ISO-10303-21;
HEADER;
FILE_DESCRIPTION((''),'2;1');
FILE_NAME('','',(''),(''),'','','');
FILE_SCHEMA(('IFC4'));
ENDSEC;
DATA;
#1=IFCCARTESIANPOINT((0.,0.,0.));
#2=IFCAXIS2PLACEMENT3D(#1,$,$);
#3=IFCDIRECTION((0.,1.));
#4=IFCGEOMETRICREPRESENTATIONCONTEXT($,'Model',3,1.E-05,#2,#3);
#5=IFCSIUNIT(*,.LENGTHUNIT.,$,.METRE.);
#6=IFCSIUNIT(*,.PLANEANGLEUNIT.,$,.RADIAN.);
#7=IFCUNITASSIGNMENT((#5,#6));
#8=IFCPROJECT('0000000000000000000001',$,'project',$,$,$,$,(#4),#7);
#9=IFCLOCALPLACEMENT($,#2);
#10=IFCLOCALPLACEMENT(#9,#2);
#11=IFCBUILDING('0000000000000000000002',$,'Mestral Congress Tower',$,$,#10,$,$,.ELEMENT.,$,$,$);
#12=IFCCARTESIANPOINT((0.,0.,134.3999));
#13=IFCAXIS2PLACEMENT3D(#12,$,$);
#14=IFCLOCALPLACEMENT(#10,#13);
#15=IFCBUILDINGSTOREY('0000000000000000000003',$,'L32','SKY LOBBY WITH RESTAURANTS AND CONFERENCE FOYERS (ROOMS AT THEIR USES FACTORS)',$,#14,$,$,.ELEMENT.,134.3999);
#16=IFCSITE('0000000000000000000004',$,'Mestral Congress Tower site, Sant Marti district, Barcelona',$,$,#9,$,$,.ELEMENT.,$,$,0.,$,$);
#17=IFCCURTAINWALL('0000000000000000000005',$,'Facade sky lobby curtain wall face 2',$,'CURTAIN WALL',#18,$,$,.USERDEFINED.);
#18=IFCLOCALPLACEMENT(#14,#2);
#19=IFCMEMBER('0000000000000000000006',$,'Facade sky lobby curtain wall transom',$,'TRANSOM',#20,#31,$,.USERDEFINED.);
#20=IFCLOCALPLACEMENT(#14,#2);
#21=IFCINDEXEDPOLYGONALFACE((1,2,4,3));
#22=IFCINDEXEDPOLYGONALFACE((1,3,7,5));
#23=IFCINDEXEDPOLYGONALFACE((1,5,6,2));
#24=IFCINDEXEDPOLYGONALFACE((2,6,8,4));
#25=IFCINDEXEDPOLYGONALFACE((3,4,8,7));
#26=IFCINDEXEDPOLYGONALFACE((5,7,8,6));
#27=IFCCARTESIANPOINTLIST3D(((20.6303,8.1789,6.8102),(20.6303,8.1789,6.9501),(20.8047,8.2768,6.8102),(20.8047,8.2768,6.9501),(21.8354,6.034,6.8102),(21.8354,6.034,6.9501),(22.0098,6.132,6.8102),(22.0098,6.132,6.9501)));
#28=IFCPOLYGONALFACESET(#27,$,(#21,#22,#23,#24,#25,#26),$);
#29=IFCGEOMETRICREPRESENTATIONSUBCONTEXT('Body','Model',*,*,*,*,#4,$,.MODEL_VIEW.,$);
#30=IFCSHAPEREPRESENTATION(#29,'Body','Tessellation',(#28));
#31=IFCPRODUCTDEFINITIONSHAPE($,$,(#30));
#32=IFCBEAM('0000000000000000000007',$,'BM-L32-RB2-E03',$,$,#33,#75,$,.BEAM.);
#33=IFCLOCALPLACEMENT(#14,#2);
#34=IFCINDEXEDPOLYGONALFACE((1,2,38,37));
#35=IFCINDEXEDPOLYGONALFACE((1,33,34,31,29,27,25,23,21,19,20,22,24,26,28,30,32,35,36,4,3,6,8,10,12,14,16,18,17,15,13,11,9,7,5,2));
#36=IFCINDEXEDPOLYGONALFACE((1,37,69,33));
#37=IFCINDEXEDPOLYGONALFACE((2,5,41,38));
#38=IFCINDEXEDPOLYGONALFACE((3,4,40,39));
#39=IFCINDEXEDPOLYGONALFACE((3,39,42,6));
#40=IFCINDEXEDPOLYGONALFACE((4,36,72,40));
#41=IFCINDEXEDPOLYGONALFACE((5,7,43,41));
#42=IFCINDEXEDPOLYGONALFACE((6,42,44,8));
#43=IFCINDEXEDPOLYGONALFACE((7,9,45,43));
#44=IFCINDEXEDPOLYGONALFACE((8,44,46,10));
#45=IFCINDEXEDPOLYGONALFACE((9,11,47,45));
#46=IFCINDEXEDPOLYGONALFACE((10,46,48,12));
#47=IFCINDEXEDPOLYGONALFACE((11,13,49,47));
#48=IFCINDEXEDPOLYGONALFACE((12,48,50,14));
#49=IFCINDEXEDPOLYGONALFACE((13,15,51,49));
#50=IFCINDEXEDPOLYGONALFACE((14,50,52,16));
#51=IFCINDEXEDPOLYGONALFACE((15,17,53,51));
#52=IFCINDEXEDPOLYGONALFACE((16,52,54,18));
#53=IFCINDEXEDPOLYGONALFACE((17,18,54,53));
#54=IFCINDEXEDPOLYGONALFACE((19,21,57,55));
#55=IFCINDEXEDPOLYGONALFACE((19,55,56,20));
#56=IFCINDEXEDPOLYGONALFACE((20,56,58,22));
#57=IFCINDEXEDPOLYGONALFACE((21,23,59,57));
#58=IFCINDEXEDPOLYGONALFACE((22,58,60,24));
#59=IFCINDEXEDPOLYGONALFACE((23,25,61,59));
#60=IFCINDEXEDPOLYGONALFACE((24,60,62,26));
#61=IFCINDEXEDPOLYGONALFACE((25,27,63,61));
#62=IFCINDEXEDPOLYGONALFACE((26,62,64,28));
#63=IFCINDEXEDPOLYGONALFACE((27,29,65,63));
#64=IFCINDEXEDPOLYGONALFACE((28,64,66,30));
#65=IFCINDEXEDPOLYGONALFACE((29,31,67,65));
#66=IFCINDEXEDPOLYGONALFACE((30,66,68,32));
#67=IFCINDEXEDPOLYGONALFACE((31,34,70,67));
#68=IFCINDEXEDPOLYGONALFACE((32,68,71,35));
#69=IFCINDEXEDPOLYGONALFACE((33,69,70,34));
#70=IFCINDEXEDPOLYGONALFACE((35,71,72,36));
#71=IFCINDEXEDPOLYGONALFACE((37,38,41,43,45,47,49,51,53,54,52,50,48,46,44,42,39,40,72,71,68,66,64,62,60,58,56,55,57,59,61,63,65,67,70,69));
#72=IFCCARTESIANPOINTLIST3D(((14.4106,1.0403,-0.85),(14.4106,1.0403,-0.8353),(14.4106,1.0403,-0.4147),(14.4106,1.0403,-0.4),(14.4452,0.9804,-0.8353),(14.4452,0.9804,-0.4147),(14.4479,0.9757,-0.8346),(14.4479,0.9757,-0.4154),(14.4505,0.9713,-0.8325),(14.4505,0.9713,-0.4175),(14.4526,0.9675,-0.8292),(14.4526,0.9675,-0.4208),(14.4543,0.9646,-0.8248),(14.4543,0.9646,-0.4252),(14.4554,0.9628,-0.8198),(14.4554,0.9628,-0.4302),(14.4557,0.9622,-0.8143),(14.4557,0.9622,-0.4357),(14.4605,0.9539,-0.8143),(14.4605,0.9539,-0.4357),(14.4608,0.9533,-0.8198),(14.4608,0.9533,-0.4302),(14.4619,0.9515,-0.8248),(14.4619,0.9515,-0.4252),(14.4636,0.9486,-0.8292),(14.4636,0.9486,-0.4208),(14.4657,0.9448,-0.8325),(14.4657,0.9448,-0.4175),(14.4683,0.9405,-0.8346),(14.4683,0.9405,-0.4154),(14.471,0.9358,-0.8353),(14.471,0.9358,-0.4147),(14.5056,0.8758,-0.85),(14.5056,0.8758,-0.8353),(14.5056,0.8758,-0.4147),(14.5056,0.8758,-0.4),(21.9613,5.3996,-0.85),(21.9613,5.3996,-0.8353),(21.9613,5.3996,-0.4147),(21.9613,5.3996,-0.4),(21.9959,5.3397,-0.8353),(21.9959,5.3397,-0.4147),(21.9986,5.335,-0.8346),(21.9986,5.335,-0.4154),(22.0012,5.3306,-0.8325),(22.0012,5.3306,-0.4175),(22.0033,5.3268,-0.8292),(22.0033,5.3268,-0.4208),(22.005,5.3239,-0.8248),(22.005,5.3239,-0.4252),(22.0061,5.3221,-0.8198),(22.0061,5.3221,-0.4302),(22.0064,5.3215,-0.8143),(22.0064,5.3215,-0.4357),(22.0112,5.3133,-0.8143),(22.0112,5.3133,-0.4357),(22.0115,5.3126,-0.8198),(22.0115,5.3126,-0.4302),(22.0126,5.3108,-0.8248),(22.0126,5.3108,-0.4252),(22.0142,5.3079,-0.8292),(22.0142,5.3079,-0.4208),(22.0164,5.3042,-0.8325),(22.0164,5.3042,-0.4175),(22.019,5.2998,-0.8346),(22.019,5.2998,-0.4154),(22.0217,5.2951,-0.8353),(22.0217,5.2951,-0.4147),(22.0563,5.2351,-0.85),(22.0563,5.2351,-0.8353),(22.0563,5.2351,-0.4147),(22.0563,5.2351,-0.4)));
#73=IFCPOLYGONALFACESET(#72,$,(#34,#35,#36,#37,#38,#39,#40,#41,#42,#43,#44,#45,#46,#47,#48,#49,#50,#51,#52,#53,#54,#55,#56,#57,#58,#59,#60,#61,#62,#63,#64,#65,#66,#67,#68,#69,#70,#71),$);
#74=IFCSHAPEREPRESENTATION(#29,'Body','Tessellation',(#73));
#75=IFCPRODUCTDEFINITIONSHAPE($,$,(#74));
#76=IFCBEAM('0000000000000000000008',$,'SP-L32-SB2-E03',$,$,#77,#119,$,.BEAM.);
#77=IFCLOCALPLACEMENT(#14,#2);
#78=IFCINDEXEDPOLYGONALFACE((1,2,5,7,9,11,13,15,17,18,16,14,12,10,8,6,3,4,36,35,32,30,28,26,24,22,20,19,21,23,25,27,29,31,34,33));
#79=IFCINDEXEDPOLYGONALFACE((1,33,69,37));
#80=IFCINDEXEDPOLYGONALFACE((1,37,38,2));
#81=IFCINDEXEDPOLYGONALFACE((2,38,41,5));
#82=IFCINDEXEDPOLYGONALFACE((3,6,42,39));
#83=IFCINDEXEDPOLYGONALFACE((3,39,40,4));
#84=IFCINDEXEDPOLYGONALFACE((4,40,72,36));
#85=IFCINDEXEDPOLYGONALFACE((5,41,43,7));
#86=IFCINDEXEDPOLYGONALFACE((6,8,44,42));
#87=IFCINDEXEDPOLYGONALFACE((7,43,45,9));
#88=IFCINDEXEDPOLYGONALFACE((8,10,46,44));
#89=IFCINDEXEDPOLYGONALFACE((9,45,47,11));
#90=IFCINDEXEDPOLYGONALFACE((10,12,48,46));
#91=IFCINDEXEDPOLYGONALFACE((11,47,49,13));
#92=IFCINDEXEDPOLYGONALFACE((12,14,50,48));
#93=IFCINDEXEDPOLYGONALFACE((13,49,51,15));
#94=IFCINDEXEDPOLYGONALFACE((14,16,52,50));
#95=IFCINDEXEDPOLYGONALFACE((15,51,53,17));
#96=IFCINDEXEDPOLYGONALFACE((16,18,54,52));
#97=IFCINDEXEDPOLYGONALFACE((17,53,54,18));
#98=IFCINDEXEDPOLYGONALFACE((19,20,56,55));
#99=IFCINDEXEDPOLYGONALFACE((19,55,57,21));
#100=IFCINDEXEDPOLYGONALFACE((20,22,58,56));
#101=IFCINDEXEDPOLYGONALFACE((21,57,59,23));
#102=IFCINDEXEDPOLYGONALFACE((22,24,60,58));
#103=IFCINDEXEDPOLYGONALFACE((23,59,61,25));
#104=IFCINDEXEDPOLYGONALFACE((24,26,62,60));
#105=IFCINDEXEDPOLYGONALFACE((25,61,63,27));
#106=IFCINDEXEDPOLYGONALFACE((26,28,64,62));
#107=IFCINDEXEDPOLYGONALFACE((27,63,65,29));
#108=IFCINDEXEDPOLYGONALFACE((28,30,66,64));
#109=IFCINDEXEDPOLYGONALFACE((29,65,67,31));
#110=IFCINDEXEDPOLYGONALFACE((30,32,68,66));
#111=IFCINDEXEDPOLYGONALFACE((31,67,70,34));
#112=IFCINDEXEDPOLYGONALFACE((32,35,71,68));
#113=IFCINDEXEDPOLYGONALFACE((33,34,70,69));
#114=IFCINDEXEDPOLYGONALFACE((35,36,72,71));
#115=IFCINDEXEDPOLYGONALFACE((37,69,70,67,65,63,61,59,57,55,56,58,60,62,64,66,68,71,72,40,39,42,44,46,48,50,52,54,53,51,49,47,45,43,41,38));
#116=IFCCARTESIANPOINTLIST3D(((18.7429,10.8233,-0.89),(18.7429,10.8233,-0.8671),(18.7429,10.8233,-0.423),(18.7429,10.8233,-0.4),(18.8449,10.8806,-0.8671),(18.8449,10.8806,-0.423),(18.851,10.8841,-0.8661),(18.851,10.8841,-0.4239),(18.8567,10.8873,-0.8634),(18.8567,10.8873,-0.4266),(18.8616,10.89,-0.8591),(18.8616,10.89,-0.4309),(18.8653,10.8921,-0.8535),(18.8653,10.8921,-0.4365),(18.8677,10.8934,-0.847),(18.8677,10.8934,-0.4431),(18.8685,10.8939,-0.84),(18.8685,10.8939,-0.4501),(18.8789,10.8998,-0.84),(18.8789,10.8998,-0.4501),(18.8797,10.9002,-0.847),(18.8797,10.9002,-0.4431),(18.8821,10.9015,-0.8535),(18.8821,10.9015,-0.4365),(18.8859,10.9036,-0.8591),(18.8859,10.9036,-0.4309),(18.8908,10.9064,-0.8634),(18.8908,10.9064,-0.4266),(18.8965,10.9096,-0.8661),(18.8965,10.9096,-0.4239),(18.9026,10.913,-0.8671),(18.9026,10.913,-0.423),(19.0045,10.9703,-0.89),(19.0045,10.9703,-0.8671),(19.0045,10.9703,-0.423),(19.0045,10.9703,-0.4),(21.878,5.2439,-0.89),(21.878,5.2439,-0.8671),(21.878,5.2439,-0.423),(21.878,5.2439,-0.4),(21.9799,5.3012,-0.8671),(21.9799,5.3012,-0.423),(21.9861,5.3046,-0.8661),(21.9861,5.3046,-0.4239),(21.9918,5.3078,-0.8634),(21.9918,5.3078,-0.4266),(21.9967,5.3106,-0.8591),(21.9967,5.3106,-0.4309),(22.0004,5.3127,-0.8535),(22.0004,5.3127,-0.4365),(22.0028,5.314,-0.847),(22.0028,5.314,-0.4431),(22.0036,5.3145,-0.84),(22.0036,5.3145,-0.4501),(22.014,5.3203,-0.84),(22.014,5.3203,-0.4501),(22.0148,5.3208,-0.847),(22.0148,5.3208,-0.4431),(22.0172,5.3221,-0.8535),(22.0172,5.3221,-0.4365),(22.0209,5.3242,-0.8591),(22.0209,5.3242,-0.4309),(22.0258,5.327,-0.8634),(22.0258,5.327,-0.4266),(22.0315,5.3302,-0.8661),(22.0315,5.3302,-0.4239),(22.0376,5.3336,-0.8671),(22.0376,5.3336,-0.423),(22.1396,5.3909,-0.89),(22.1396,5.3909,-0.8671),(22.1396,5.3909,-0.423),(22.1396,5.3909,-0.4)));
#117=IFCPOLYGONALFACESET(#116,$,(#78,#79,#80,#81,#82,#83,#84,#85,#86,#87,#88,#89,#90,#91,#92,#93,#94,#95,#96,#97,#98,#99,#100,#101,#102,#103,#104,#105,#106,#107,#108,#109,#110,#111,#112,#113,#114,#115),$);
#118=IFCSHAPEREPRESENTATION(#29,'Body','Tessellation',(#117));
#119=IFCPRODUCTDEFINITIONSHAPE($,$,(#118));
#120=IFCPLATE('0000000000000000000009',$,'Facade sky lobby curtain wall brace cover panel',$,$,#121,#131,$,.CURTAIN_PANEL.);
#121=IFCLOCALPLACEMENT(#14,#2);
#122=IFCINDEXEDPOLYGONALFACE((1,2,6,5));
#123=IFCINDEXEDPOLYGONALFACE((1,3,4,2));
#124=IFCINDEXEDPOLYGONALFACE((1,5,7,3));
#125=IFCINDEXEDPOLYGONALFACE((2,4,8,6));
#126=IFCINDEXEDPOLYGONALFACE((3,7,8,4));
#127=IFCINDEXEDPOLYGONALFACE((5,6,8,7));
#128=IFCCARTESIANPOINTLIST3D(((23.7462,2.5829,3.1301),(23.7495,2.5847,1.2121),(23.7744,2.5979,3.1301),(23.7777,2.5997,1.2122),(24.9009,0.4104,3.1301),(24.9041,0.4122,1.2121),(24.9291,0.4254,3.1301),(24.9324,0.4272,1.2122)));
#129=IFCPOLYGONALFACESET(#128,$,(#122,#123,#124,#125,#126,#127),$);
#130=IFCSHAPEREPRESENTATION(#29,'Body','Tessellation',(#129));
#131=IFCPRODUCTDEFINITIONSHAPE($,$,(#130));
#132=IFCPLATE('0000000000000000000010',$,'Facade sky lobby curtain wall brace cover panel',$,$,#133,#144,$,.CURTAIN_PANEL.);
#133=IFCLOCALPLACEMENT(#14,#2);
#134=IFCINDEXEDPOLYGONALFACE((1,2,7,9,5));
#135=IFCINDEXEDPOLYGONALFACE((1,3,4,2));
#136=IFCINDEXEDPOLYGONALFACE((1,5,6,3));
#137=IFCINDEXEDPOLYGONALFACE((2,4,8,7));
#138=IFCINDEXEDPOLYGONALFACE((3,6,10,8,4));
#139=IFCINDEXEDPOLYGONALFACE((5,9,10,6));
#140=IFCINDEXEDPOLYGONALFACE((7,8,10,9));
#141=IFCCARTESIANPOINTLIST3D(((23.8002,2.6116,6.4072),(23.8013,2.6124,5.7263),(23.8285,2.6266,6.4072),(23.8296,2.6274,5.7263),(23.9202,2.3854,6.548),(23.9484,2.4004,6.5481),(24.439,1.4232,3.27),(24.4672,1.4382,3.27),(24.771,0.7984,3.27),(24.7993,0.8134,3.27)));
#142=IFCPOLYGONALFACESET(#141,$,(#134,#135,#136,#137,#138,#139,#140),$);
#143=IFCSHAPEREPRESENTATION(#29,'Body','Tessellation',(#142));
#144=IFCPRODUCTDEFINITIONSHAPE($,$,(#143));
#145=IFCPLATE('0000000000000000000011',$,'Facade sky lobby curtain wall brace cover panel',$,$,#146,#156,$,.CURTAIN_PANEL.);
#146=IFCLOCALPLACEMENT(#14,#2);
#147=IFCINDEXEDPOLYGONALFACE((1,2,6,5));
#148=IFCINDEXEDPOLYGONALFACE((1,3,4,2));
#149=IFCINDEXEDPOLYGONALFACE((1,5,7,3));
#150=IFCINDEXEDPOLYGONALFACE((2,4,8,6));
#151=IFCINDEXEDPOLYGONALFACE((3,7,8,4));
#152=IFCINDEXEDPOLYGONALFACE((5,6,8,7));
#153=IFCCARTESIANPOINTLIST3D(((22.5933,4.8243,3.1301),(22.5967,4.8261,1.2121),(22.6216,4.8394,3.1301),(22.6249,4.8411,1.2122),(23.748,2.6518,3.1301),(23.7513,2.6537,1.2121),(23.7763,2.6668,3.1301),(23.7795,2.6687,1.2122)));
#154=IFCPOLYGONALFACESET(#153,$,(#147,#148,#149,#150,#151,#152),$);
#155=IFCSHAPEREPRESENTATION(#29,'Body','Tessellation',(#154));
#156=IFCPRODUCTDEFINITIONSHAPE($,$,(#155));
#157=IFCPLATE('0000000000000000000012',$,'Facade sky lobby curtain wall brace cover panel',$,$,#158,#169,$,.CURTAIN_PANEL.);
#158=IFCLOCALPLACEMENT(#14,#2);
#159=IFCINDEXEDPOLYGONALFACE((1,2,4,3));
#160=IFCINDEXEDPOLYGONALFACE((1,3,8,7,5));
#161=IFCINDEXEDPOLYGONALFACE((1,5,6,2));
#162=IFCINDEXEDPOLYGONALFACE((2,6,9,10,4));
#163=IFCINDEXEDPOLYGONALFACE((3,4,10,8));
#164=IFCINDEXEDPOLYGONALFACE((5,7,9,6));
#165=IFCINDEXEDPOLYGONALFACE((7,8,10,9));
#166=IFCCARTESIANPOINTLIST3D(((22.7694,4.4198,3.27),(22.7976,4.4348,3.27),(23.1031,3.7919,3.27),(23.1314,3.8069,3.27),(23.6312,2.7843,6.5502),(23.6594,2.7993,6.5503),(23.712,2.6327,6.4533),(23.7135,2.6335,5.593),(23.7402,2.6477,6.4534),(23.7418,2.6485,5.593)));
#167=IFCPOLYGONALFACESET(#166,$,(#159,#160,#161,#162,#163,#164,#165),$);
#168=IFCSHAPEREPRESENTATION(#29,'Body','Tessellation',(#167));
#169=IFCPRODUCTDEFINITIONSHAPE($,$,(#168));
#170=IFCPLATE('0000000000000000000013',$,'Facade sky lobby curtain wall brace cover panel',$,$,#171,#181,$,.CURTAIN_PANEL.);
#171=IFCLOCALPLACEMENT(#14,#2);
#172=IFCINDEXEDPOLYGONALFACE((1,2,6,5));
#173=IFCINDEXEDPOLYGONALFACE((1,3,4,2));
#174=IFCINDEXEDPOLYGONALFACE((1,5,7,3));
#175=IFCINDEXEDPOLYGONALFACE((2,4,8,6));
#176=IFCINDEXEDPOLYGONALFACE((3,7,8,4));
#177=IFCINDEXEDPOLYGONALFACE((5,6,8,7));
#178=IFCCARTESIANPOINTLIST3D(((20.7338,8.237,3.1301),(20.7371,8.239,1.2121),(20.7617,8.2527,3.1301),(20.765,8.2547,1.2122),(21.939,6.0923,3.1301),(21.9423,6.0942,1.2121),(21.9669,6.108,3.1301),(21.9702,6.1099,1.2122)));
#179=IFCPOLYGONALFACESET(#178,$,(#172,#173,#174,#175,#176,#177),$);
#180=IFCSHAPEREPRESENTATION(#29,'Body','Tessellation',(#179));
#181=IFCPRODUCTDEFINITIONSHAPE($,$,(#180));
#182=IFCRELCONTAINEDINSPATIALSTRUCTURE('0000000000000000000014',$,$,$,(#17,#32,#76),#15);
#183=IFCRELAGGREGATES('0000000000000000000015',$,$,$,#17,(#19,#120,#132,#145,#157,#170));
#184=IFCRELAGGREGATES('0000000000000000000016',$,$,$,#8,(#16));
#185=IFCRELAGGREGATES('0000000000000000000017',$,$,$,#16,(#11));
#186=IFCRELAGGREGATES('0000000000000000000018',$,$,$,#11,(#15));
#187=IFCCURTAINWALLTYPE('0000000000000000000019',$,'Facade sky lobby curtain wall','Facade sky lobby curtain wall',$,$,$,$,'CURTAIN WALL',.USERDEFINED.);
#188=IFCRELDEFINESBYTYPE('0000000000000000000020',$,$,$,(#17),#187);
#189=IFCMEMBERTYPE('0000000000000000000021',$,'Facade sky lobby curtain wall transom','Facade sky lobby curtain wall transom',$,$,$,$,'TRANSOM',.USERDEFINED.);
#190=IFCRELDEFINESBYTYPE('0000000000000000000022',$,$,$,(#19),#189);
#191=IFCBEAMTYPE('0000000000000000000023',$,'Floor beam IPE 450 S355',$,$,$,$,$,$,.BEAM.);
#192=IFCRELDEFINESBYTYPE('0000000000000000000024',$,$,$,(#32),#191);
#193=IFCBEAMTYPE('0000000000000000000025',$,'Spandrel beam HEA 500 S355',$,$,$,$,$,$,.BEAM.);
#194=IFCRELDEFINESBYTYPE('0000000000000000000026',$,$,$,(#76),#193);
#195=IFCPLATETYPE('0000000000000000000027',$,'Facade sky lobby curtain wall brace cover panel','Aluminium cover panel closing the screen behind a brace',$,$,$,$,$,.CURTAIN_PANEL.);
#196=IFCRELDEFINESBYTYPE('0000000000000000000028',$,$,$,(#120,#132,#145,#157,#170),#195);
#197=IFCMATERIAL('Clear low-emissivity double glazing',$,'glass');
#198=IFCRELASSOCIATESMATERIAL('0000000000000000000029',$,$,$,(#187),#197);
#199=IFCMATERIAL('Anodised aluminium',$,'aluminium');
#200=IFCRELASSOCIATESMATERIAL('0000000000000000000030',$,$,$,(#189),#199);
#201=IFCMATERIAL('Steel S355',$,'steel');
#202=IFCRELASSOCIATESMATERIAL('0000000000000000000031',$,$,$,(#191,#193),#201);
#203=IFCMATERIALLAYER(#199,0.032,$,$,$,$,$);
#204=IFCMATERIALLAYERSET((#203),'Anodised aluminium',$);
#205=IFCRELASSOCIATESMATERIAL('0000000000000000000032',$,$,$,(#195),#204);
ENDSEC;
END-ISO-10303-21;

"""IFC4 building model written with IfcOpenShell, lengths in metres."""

from ifc_helpers import new_model, si_unit, direction, frame, origin, origin_2d, place, context, subcontext, project, spatial, polyline, rectangle, i_section, outline, extrude, material, layer, layer_set, material_profile, profile_set, type_object, element, aggregate, save


model = new_model("IFC4")

# Units and contexts
model_context = context("Model", 3, precision=1e-05, world=origin(), true_north=direction((0.0, 1.0)))
body_context = subcontext(model_context, "Body", "Model", "MODEL_VIEW")
ifc_project = project(units=[si_unit("LENGTHUNIT", "METRE"), si_unit("PLANEANGLEUNIT", "RADIAN")], contexts=[model_context])

# Site, building, storey
site_placement = place(None, origin())
site = spatial("IfcSite", under=ifc_project, at=site_placement, Name="Mestral Congress Tower site, Sant Marti district, Barcelona", CompositionType="ELEMENT", RefElevation=0.0)
building_placement = place(site_placement, origin())
building = spatial("IfcBuilding", under=site, at=building_placement, Name="Mestral Congress Tower", CompositionType="ELEMENT")
storey_placement = place(building_placement, frame((0.0, 0.0, 134.3999)))
storey = spatial("IfcBuildingStorey", under=building, at=storey_placement, Name="L32", Description="SKY LOBBY WITH RESTAURANTS AND CONFERENCE FOYERS (ROOMS AT THEIR USES FACTORS)", CompositionType="ELEMENT", Elevation=134.3999)

# Shared definitions
ifc_material_1 = material(Name="Steel S355", Category="steel")

# Curtain wall, member
ifc_material_2 = material(Name="Clear low-emissivity double glazing", Category="glass")
curtain_wall_type = type_object("IfcCurtainWallType", Name="Facade sky lobby curtain wall", Description="Facade sky lobby curtain wall", ElementType="CURTAIN WALL", PredefinedType="USERDEFINED", material=ifc_material_2)
curtain_wall_placement = place(storey_placement, origin())
curtain_wall = element("IfcCurtainWall", 1, at=curtain_wall_placement, inside=storey, type_object=curtain_wall_type, Name="Facade sky lobby curtain wall face 2", ObjectType="CURTAIN WALL", PredefinedType="USERDEFINED")
ifc_material_3 = material(Name="Anodised aluminium", Category="aluminium")
ifc_material_profile_1 = material_profile(ifc_material_3, rectangle(XDim=0.2, YDim=0.1399, at=origin_2d()), Name="CW1 transom 200 x 140")
ifc_profile_set_1 = profile_set([ifc_material_profile_1], Name="Anodised aluminium")
member_type_1 = type_object("IfcMemberType", Name="Facade sky lobby curtain wall transom", Description="Facade sky lobby curtain wall transom", ElementType="TRANSOM", PredefinedType="USERDEFINED", material=ifc_profile_set_1)
member_1_placement = place(storey_placement, frame((21.9226, 6.083, 6.8801), z_axis=(-0.489842, 0.871811, 0.0), x_axis=(-0.871811, -0.489842, 0.0)))
member_1 = element("IfcMember", 2, at=member_1_placement, type_object=member_type_1, Name="Facade sky lobby curtain wall transom", ObjectType="TRANSOM", PredefinedType="USERDEFINED", context=body_context, shape_type="SweptSolid", body=[
    extrude(rectangle(XDim=0.2, YDim=0.1399, at=origin_2d()), origin(), (0.0, 0.0, 1.0), 2.4602),
])

# Beams
ifc_material_profile_2 = material_profile(ifc_material_1, i_section(OverallWidth=0.1899, OverallDepth=0.45, WebThickness=0.0095, FlangeThickness=0.0146, FilletRadius=0.021, at=origin_2d()), Name="IPE 450")
ifc_profile_set_2 = profile_set([ifc_material_profile_2], Name="Steel S355")
beam_type_1 = type_object("IfcBeamType", Name="Floor beam IPE 450 S355", PredefinedType="BEAM", material=ifc_profile_set_2)
beam_1_placement = place(storey_placement, frame((22.0088, 5.3174, -0.625), z_axis=(-0.866029, -0.499994, 0.0), x_axis=(0.499994, -0.866029, 0.0)))
element("IfcBeam", 3, at=beam_1_placement, inside=storey, type_object=beam_type_1, Name="BM-L32-RB2-E03", PredefinedType="BEAM", context=body_context, shape_type="SweptSolid", body=[
    extrude(i_section(OverallWidth=0.1899, OverallDepth=0.45, WebThickness=0.0095, FlangeThickness=0.0146, FilletRadius=0.021, at=origin_2d()), origin(), (0.0, 0.0, 1.0), 8.7188),
])
ifc_material_profile_3 = material_profile(ifc_material_1, i_section(OverallWidth=0.3, OverallDepth=0.49, WebThickness=0.012, FlangeThickness=0.0229, FilletRadius=0.0271, at=origin_2d()), Name="HEA 500")
ifc_profile_set_3 = profile_set([ifc_material_profile_3], Name="Steel S355")
beam_type_2 = type_object("IfcBeamType", Name="Spandrel beam HEA 500 S355", PredefinedType="BEAM", material=ifc_profile_set_3)
beam_2_placement = place(storey_placement, frame((22.0088, 5.3174, -0.645), z_axis=(-0.489861, 0.871801, 0.0), x_axis=(-0.871801, -0.489861, 0.0)))
element("IfcBeam", 4, at=beam_2_placement, inside=storey, type_object=beam_type_2, Name="SP-L32-SB2-E03", PredefinedType="BEAM", context=body_context, shape_type="SweptSolid", body=[
    extrude(i_section(OverallWidth=0.3, OverallDepth=0.49, WebThickness=0.012, FlangeThickness=0.0229, FilletRadius=0.0271, at=origin_2d()), origin(), (0.0, 0.0, 1.0), 6.3999),
])

# Plates
ifc_layer_1 = layer(ifc_material_3, 0.032)
ifc_layer_set_1 = layer_set([ifc_layer_1], Name="Anodised aluminium")
plate_type_1 = type_object("IfcPlateType", Name="Facade sky lobby curtain wall brace cover panel", Description="Aluminium cover panel closing the screen behind a brace", PredefinedType="CURTAIN_PANEL", material=ifc_layer_set_1)
plate_1_placement = place(storey_placement, frame((23.7744, 2.5979, 3.1301), z_axis=(0.883025, 0.469322, 0.001965), x_axis=(0.001731, 0.000931, -0.999998)))
plate_1 = element("IfcPlate", 5, at=plate_1_placement, type_object=plate_type_1, Name="Facade sky lobby curtain wall brace cover panel", PredefinedType="CURTAIN_PANEL", context=body_context, shape_type="SweptSolid", body=[
    extrude(outline(polyline([(0.0, 0.0), (1.918, 0.0), (1.9179, -2.4602), (0.0, -2.4603), (0.0, 0.0)])), origin(), (0.0, 0.0, -1.0), 0.032),
])
plate_2_placement = place(storey_placement, frame((23.8296, 2.6274, 5.7263), z_axis=(0.883015, 0.46934, 0.001976), x_axis=(0.22751, -0.424348, -0.876452)))
plate_2 = element("IfcPlate", 6, at=plate_2_placement, type_object=plate_type_1, Name="Facade sky lobby curtain wall brace cover panel", PredefinedType="CURTAIN_PANEL", context=body_context, shape_type="SweptSolid", body=[
    extrude(outline(polyline([(0.0, 0.0), (2.8025, 0.0), (3.1432, -0.6201), (-0.5968, -0.6203), (-0.5967, -0.328), (0.0, 0.0)])), origin(), (0.0, 0.0, -1.0), 0.032),
])
plate_3_placement = place(storey_placement, frame((22.6216, 4.8394, 3.1301), z_axis=(0.883025, 0.469322, 0.001965), x_axis=(0.001731, 0.000931, -0.999998)))
plate_3 = element("IfcPlate", 7, at=plate_3_placement, type_object=plate_type_1, Name="Facade sky lobby curtain wall brace cover panel", PredefinedType="CURTAIN_PANEL", context=body_context, shape_type="SweptSolid", body=[
    extrude(outline(polyline([(0.0, 0.0), (1.918, 0.0), (1.9179, -2.4602), (0.0, -2.4603), (0.0, 0.0)])), origin(), (0.0, 0.0, -1.0), 0.032),
])
plate_4_placement = place(storey_placement, frame((23.7402, 2.6477, 6.4534), z_axis=(0.883052, 0.469271, 0.001978), x_axis=(-0.409575, 0.768646, 0.491357)))
plate_4 = element("IfcPlate", 8, at=plate_4_placement, type_object=plate_type_1, Name="Facade sky lobby curtain wall brace cover panel", PredefinedType="CURTAIN_PANEL", context=body_context, shape_type="SweptSolid", body=[
    extrude(outline(polyline([(0.0, 0.0), (0.1973, 0.0), (0.1956, -3.7653), (-0.4238, -3.4159), (-0.4228, -0.7493), (0.0, 0.0)])), origin(), (0.0, 0.0, -1.0), 0.032),
])
plate_5_placement = place(storey_placement, frame((20.7617, 8.2527, 3.1301), z_axis=(0.871788, 0.489879, 0.001997), x_axis=(0.001703, 0.001046, -0.999998)))
plate_5 = element("IfcPlate", 9, at=plate_5_placement, type_object=plate_type_1, Name="Facade sky lobby curtain wall brace cover panel", PredefinedType="CURTAIN_PANEL", context=body_context, shape_type="SweptSolid", body=[
    extrude(outline(polyline([(0.0, 0.0), (1.918, 0.0), (1.9178, -2.4603), (-0.0002, -2.4601), (0.0, 0.0)])), origin(), (0.0, 0.0, -1.0), 0.032),
])
aggregate(curtain_wall, [member_1, plate_1, plate_2, plate_3, plate_4, plate_5])

save(model, "model.ifc")
